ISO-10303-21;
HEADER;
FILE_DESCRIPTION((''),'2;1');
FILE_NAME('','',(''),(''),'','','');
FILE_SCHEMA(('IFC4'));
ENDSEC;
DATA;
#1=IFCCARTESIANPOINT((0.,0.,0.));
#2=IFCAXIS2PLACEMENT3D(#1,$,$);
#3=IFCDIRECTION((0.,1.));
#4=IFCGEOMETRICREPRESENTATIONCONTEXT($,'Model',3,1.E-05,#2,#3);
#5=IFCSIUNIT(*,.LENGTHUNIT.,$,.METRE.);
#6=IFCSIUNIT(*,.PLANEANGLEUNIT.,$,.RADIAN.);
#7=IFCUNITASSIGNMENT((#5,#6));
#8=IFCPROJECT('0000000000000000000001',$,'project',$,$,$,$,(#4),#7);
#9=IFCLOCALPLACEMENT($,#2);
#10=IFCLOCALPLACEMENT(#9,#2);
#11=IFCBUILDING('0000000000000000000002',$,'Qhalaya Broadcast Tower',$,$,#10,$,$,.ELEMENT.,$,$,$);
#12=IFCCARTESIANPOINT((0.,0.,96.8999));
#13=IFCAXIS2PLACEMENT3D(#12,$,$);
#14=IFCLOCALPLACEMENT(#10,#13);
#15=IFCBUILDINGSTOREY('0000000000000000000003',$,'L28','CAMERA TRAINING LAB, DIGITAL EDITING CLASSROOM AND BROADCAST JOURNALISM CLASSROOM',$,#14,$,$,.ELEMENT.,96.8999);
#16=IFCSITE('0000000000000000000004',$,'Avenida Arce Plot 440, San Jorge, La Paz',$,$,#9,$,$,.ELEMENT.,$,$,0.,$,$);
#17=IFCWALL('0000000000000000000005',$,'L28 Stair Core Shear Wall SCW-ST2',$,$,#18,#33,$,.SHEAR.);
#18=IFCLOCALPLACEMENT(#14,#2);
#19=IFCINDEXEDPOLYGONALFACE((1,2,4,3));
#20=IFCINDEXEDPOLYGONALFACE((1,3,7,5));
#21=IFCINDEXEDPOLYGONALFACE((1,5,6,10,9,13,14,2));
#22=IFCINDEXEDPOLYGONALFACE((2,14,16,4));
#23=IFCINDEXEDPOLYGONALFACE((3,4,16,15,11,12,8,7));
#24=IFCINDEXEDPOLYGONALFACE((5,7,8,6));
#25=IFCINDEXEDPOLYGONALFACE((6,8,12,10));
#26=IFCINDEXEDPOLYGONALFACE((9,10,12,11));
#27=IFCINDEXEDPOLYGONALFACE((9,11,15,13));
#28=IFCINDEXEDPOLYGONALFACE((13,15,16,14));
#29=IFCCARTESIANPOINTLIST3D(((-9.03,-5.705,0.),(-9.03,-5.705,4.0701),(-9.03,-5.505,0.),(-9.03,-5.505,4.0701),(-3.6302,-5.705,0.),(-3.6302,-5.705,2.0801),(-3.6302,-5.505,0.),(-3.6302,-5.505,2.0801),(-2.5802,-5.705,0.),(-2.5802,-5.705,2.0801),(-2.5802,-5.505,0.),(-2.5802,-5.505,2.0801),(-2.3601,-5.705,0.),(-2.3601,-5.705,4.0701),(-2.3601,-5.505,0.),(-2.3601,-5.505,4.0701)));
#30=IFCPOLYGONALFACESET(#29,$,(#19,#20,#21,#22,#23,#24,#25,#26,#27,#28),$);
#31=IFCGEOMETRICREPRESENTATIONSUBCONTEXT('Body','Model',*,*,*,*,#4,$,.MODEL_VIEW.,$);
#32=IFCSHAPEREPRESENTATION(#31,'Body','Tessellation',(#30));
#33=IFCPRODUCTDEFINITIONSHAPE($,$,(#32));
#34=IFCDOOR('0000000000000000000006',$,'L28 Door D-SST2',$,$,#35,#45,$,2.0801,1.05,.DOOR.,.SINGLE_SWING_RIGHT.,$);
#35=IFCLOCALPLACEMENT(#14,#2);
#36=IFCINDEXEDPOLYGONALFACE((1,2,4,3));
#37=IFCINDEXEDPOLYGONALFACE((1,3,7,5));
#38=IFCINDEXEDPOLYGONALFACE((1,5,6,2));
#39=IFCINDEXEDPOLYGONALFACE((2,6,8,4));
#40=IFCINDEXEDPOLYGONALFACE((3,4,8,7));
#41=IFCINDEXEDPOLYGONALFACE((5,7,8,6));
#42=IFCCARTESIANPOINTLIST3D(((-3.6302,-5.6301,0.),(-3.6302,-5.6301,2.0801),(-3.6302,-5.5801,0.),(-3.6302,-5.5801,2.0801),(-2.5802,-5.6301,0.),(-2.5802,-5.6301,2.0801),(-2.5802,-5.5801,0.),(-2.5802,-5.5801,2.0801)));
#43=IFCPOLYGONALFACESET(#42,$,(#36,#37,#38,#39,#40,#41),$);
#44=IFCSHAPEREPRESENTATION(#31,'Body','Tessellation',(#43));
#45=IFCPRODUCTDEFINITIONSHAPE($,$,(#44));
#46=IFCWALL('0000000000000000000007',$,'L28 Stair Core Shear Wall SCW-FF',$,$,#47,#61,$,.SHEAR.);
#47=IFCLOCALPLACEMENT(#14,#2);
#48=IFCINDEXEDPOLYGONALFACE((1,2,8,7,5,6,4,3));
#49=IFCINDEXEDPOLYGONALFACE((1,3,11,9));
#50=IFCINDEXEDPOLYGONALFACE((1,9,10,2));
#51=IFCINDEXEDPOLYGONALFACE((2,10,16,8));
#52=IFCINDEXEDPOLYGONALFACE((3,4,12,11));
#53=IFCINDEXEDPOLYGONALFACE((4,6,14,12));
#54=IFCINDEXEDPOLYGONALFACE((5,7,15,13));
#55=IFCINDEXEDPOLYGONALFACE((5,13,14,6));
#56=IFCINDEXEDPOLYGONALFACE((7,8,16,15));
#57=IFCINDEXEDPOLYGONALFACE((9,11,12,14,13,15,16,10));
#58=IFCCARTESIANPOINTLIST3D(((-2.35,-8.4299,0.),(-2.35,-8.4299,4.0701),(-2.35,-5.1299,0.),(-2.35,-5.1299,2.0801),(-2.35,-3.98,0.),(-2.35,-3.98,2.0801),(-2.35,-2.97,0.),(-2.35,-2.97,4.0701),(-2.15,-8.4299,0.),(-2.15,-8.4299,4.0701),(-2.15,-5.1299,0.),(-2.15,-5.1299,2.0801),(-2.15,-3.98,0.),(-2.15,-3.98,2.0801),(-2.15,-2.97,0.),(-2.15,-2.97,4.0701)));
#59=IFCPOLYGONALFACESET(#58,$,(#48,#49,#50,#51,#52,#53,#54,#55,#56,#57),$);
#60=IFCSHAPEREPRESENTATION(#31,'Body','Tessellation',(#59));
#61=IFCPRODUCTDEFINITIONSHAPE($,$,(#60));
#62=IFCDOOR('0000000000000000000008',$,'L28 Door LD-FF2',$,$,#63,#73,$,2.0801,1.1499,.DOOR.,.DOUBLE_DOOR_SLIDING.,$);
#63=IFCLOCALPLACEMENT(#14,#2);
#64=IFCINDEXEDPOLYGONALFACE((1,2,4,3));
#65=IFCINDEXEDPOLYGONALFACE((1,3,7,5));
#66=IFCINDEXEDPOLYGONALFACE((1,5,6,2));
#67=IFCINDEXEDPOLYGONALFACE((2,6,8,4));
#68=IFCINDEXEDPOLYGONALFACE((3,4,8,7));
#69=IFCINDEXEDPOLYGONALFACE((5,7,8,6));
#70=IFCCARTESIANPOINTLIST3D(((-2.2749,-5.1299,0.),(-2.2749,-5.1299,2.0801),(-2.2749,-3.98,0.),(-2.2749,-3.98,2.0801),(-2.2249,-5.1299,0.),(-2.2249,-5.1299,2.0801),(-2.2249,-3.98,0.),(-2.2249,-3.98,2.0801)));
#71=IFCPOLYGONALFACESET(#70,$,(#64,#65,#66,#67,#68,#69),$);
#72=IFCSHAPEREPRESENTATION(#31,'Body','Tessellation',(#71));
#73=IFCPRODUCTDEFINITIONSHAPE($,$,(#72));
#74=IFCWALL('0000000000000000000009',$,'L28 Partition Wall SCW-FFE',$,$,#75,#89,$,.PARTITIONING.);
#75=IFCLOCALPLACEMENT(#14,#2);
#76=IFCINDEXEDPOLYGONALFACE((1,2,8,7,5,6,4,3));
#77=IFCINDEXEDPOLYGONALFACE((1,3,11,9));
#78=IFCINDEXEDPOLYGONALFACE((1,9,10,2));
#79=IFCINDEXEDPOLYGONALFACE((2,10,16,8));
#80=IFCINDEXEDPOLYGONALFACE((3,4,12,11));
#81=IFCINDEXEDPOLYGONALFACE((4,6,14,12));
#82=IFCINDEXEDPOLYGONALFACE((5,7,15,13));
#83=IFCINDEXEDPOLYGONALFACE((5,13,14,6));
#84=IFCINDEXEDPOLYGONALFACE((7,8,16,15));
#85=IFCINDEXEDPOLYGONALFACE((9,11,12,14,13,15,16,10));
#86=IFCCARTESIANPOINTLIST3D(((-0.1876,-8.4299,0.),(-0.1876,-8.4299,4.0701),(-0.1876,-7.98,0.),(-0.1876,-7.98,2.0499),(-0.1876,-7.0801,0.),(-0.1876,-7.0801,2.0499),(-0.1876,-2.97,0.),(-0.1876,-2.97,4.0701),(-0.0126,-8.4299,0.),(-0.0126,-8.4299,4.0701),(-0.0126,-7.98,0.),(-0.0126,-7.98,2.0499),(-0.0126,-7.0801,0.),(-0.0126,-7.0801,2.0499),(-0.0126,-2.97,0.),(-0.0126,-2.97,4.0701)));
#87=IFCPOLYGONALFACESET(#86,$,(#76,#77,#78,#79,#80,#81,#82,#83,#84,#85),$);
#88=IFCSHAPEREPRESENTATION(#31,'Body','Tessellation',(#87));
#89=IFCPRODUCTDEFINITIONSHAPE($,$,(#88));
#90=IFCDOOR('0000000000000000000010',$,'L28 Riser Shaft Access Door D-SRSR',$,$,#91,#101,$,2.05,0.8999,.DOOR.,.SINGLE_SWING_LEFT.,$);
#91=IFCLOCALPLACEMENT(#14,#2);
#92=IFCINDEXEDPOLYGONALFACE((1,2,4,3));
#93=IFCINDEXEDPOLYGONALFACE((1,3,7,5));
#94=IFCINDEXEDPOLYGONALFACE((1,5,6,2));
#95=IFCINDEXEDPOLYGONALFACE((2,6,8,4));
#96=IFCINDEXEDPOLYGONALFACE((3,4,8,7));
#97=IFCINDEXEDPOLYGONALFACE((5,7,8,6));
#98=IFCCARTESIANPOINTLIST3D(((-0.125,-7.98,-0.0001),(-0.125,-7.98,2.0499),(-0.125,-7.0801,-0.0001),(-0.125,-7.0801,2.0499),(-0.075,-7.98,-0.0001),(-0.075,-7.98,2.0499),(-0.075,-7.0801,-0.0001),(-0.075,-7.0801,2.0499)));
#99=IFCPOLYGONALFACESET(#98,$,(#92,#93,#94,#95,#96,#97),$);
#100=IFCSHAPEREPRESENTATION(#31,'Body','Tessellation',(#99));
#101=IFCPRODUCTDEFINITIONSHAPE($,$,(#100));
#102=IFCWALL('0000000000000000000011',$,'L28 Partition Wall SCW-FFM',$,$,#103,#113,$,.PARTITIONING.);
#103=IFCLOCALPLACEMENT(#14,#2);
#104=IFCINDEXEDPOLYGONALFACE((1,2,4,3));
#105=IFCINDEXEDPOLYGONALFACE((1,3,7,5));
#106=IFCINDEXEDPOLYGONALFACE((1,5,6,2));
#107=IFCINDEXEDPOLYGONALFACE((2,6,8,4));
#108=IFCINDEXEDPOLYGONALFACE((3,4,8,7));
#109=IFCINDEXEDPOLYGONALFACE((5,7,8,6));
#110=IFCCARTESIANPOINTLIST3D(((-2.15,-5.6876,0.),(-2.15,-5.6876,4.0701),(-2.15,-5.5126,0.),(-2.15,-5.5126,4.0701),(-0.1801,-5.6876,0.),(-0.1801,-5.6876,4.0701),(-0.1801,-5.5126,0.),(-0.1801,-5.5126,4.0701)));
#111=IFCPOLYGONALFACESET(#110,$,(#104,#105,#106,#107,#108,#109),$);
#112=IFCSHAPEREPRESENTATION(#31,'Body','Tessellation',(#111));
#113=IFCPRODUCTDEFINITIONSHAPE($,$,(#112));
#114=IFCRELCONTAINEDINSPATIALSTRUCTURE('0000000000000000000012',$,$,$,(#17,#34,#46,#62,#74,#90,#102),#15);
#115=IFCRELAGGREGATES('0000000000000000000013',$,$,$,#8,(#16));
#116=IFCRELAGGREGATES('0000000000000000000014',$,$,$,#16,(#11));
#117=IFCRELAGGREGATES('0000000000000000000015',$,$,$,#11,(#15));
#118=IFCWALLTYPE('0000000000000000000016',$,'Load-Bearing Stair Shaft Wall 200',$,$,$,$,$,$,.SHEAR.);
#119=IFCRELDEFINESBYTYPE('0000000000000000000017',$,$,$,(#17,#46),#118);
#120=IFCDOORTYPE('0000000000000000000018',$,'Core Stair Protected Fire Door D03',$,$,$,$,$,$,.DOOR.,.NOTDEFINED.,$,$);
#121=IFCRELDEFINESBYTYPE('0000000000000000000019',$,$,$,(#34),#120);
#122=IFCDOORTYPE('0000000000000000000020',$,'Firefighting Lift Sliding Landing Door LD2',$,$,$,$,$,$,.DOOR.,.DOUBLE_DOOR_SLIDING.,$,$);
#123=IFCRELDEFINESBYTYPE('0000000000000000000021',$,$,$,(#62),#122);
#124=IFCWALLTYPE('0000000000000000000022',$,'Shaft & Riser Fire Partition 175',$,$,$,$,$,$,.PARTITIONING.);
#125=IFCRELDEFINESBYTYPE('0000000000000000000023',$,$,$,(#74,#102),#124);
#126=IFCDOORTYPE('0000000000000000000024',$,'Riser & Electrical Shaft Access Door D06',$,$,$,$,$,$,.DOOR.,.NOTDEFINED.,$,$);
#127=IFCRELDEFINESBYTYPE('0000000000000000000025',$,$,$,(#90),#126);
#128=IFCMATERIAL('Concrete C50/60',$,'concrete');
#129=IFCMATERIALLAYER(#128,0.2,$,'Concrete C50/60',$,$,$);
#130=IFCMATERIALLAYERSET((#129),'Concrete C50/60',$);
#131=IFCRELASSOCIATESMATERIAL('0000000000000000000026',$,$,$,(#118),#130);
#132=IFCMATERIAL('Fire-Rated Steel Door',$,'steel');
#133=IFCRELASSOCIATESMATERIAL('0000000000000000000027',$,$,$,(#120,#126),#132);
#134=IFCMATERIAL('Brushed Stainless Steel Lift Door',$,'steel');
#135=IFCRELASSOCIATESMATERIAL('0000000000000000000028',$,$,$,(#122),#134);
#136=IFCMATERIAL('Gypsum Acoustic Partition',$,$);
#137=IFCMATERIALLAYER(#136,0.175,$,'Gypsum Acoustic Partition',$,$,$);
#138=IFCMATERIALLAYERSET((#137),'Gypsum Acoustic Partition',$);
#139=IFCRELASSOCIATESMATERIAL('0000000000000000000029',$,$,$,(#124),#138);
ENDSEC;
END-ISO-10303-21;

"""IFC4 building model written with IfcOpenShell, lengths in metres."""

from ifc_helpers import new_model, si_unit, direction, frame, frame_2d, origin, place, context, subcontext, project, spatial, rectangle, extrude, material, layer, layer_set, type_object, element, fill, save


model = new_model("IFC4")

# Units and contexts
model_context = context("Model", 3, precision=1e-05, world=origin(), true_north=direction((0.0, 1.0)))
body_context = subcontext(model_context, "Body", "Model", "MODEL_VIEW")
ifc_project = project(units=[si_unit("LENGTHUNIT", "METRE"), si_unit("PLANEANGLEUNIT", "RADIAN")], contexts=[model_context])

# Site, building, storey
site_placement = place(None, origin())
site = spatial("IfcSite", under=ifc_project, at=site_placement, Name="Avenida Arce Plot 440, San Jorge, La Paz", CompositionType="ELEMENT", RefElevation=0.0)
building_placement = place(site_placement, origin())
building = spatial("IfcBuilding", under=site, at=building_placement, Name="Qhalaya Broadcast Tower", CompositionType="ELEMENT")
storey_placement = place(building_placement, frame((0.0, 0.0, 96.8999)))
storey = spatial("IfcBuildingStorey", under=building, at=storey_placement, Name="L28", Description="CAMERA TRAINING LAB, DIGITAL EDITING CLASSROOM AND BROADCAST JOURNALISM CLASSROOM", CompositionType="ELEMENT", Elevation=96.8999)

# Shared definitions
ifc_material_1 = material(Name="Concrete C50/60", Category="concrete")

# Walls, openings, doors
ifc_layer_1 = layer(ifc_material_1, 0.2, Name="Concrete C50/60")
ifc_layer_set_1 = layer_set([ifc_layer_1], Name="Concrete C50/60")
wall_type_1 = type_object("IfcWallType", Name="Load-Bearing Stair Shaft Wall 200", PredefinedType="SHEAR", material=ifc_layer_set_1)
wall_1_placement = place(storey_placement, frame((-9.03, -5.605, 0.0), z_axis=(0.0, 0.0, 1.0), x_axis=(1.0, 0.0, 0.0)))
wall_1 = element("IfcWall", 1, at=wall_1_placement, inside=storey, type_object=wall_type_1, Name="L28 Stair Core Shear Wall SCW-ST2", PredefinedType="SHEAR", context=body_context, shape_type="SweptSolid", body=[
    extrude(rectangle(XDim=6.6699, YDim=0.2, at=frame_2d((3.335, 0.0))), origin(), (0.0, 0.0, 1.0), 4.0701),
])
opening_1_placement = place(wall_1_placement, frame((5.3999, 0.0, 0.0)))
opening_1 = element("IfcOpeningElement", 2, at=opening_1_placement, cuts=wall_1, PredefinedType="OPENING", context=body_context, shape_type="SweptSolid", body=[
    extrude(rectangle(XDim=1.05, YDim=2.0801, at=frame_2d((0.5249, 1.04))), frame((0.0, 0.1121, 0.0), z_axis=(0.0, -1.0, 0.0), x_axis=(1.0, 0.0, 0.0)), (0.0, 0.0, 1.0), 0.2239),
])
ifc_material_2 = material(Name="Fire-Rated Steel Door", Category="steel")
door_type_1 = type_object("IfcDoorType", Name="Core Stair Protected Fire Door D03", OperationType="NOTDEFINED", PredefinedType="DOOR", material=ifc_material_2)
door_1_placement = place(opening_1_placement, origin())
door_1 = element("IfcDoor", 3, at=door_1_placement, inside=storey, type_object=door_type_1, Name="L28 Door D-SST2", OperationType="SINGLE_SWING_RIGHT", OverallHeight=2.0801, OverallWidth=1.05, PredefinedType="DOOR", context=body_context, shape_type="SweptSolid", body=[
    extrude(rectangle(XDim=1.05, YDim=2.0801, at=frame_2d((0.5249, 1.04))), frame((0.0, 0.0249, 0.0), z_axis=(0.0, -1.0, 0.0), x_axis=(1.0, 0.0, 0.0)), (0.0, 0.0, 1.0), 0.05),
])
fill(opening_1, door_1)
wall_2_placement = place(storey_placement, frame((-2.25, -8.4299, 0.0), z_axis=(0.0, 0.0, 1.0), x_axis=(0.0, 1.0, 0.0)))
wall_2 = element("IfcWall", 4, at=wall_2_placement, inside=storey, type_object=wall_type_1, Name="L28 Stair Core Shear Wall SCW-FF", PredefinedType="SHEAR", context=body_context, shape_type="SweptSolid", body=[
    extrude(rectangle(XDim=5.46, YDim=0.2, at=frame_2d((2.73, 0.0))), origin(), (0.0, 0.0, 1.0), 4.0701),
])
opening_2_placement = place(wall_2_placement, frame((3.3, 0.0, 0.0)))
opening_2 = element("IfcOpeningElement", 5, at=opening_2_placement, cuts=wall_2, PredefinedType="OPENING", context=body_context, shape_type="SweptSolid", body=[
    extrude(rectangle(XDim=1.1499, YDim=2.0801, at=frame_2d((0.575, 1.04))), frame((0.0, 0.1121, 0.0), z_axis=(0.0, -1.0, 0.0), x_axis=(1.0, 0.0, 0.0)), (0.0, 0.0, 1.0), 0.2239),
])
ifc_material_3 = material(Name="Brushed Stainless Steel Lift Door", Category="steel")
door_type_2 = type_object("IfcDoorType", Name="Firefighting Lift Sliding Landing Door LD2", OperationType="DOUBLE_DOOR_SLIDING", PredefinedType="DOOR", material=ifc_material_3)
door_2_placement = place(opening_2_placement, origin())
door_2 = element("IfcDoor", 6, at=door_2_placement, inside=storey, type_object=door_type_2, Name="L28 Door LD-FF2", OperationType="DOUBLE_DOOR_SLIDING", OverallHeight=2.0801, OverallWidth=1.1499, PredefinedType="DOOR", context=body_context, shape_type="SweptSolid", body=[
    extrude(rectangle(XDim=1.1499, YDim=2.0801, at=frame_2d((0.575, 1.04))), frame((0.0, 0.0249, 0.0), z_axis=(0.0, -1.0, 0.0), x_axis=(1.0, 0.0, 0.0)), (0.0, 0.0, 1.0), 0.05),
])
fill(opening_2, door_2)
ifc_material_4 = material(Name="Gypsum Acoustic Partition")
ifc_layer_2 = layer(ifc_material_4, 0.175, Name="Gypsum Acoustic Partition")
ifc_layer_set_2 = layer_set([ifc_layer_2], Name="Gypsum Acoustic Partition")
wall_type_2 = type_object("IfcWallType", Name="Shaft & Riser Fire Partition 175", PredefinedType="PARTITIONING", material=ifc_layer_set_2)
wall_3_placement = place(storey_placement, frame((-0.1001, -8.4299, 0.0), z_axis=(0.0, 0.0, 1.0), x_axis=(0.0, 1.0, 0.0)))
wall_3 = element("IfcWall", 7, at=wall_3_placement, inside=storey, type_object=wall_type_2, Name="L28 Partition Wall SCW-FFE", PredefinedType="PARTITIONING", context=body_context, shape_type="SweptSolid", body=[
    extrude(rectangle(XDim=5.46, YDim=0.175, at=frame_2d((2.73, 0.0))), origin(), (0.0, 0.0, 1.0), 4.0701),
])
opening_3_placement = place(wall_3_placement, frame((0.45, 0.0, 0.0)))
opening_3 = element("IfcOpeningElement", 8, at=opening_3_placement, cuts=wall_3, PredefinedType="OPENING", context=body_context, shape_type="SweptSolid", body=[
    extrude(rectangle(XDim=0.8999, YDim=2.05, at=frame_2d((0.45, 1.0249))), frame((0.0, 0.0996, 0.0), z_axis=(0.0, -1.0, 0.0), x_axis=(1.0, 0.0, 0.0)), (0.0, 0.0, 1.0), 0.199),
])
door_type_3 = type_object("IfcDoorType", Name="Riser & Electrical Shaft Access Door D06", OperationType="NOTDEFINED", PredefinedType="DOOR", material=ifc_material_2)
door_3_placement = place(opening_3_placement, origin())
door_3 = element("IfcDoor", 9, at=door_3_placement, inside=storey, type_object=door_type_3, Name="L28 Riser Shaft Access Door D-SRSR", OperationType="SINGLE_SWING_LEFT", OverallHeight=2.05, OverallWidth=0.8999, PredefinedType="DOOR", context=body_context, shape_type="SweptSolid", body=[
    extrude(rectangle(XDim=0.8999, YDim=2.05, at=frame_2d((0.45, 1.0249))), frame((0.0, 0.0249, 0.0), z_axis=(0.0, -1.0, 0.0), x_axis=(1.0, 0.0, 0.0)), (0.0, 0.0, 1.0), 0.05),
])
fill(opening_3, door_3)

# Wall
wall_4_placement = place(storey_placement, frame((-2.1499, -5.6001, 0.0), z_axis=(0.0, 0.0, 1.0), x_axis=(1.0, 0.0, 0.0)))
element("IfcWall", 10, at=wall_4_placement, inside=storey, type_object=wall_type_2, Name="L28 Partition Wall SCW-FFM", PredefinedType="PARTITIONING", context=body_context, shape_type="SweptSolid", body=[
    extrude(rectangle(XDim=1.97, YDim=0.175, at=frame_2d((0.9849, 0.0))), origin(), (0.0, 0.0, 1.0), 4.0701),
])

save(model, "model.ifc")
